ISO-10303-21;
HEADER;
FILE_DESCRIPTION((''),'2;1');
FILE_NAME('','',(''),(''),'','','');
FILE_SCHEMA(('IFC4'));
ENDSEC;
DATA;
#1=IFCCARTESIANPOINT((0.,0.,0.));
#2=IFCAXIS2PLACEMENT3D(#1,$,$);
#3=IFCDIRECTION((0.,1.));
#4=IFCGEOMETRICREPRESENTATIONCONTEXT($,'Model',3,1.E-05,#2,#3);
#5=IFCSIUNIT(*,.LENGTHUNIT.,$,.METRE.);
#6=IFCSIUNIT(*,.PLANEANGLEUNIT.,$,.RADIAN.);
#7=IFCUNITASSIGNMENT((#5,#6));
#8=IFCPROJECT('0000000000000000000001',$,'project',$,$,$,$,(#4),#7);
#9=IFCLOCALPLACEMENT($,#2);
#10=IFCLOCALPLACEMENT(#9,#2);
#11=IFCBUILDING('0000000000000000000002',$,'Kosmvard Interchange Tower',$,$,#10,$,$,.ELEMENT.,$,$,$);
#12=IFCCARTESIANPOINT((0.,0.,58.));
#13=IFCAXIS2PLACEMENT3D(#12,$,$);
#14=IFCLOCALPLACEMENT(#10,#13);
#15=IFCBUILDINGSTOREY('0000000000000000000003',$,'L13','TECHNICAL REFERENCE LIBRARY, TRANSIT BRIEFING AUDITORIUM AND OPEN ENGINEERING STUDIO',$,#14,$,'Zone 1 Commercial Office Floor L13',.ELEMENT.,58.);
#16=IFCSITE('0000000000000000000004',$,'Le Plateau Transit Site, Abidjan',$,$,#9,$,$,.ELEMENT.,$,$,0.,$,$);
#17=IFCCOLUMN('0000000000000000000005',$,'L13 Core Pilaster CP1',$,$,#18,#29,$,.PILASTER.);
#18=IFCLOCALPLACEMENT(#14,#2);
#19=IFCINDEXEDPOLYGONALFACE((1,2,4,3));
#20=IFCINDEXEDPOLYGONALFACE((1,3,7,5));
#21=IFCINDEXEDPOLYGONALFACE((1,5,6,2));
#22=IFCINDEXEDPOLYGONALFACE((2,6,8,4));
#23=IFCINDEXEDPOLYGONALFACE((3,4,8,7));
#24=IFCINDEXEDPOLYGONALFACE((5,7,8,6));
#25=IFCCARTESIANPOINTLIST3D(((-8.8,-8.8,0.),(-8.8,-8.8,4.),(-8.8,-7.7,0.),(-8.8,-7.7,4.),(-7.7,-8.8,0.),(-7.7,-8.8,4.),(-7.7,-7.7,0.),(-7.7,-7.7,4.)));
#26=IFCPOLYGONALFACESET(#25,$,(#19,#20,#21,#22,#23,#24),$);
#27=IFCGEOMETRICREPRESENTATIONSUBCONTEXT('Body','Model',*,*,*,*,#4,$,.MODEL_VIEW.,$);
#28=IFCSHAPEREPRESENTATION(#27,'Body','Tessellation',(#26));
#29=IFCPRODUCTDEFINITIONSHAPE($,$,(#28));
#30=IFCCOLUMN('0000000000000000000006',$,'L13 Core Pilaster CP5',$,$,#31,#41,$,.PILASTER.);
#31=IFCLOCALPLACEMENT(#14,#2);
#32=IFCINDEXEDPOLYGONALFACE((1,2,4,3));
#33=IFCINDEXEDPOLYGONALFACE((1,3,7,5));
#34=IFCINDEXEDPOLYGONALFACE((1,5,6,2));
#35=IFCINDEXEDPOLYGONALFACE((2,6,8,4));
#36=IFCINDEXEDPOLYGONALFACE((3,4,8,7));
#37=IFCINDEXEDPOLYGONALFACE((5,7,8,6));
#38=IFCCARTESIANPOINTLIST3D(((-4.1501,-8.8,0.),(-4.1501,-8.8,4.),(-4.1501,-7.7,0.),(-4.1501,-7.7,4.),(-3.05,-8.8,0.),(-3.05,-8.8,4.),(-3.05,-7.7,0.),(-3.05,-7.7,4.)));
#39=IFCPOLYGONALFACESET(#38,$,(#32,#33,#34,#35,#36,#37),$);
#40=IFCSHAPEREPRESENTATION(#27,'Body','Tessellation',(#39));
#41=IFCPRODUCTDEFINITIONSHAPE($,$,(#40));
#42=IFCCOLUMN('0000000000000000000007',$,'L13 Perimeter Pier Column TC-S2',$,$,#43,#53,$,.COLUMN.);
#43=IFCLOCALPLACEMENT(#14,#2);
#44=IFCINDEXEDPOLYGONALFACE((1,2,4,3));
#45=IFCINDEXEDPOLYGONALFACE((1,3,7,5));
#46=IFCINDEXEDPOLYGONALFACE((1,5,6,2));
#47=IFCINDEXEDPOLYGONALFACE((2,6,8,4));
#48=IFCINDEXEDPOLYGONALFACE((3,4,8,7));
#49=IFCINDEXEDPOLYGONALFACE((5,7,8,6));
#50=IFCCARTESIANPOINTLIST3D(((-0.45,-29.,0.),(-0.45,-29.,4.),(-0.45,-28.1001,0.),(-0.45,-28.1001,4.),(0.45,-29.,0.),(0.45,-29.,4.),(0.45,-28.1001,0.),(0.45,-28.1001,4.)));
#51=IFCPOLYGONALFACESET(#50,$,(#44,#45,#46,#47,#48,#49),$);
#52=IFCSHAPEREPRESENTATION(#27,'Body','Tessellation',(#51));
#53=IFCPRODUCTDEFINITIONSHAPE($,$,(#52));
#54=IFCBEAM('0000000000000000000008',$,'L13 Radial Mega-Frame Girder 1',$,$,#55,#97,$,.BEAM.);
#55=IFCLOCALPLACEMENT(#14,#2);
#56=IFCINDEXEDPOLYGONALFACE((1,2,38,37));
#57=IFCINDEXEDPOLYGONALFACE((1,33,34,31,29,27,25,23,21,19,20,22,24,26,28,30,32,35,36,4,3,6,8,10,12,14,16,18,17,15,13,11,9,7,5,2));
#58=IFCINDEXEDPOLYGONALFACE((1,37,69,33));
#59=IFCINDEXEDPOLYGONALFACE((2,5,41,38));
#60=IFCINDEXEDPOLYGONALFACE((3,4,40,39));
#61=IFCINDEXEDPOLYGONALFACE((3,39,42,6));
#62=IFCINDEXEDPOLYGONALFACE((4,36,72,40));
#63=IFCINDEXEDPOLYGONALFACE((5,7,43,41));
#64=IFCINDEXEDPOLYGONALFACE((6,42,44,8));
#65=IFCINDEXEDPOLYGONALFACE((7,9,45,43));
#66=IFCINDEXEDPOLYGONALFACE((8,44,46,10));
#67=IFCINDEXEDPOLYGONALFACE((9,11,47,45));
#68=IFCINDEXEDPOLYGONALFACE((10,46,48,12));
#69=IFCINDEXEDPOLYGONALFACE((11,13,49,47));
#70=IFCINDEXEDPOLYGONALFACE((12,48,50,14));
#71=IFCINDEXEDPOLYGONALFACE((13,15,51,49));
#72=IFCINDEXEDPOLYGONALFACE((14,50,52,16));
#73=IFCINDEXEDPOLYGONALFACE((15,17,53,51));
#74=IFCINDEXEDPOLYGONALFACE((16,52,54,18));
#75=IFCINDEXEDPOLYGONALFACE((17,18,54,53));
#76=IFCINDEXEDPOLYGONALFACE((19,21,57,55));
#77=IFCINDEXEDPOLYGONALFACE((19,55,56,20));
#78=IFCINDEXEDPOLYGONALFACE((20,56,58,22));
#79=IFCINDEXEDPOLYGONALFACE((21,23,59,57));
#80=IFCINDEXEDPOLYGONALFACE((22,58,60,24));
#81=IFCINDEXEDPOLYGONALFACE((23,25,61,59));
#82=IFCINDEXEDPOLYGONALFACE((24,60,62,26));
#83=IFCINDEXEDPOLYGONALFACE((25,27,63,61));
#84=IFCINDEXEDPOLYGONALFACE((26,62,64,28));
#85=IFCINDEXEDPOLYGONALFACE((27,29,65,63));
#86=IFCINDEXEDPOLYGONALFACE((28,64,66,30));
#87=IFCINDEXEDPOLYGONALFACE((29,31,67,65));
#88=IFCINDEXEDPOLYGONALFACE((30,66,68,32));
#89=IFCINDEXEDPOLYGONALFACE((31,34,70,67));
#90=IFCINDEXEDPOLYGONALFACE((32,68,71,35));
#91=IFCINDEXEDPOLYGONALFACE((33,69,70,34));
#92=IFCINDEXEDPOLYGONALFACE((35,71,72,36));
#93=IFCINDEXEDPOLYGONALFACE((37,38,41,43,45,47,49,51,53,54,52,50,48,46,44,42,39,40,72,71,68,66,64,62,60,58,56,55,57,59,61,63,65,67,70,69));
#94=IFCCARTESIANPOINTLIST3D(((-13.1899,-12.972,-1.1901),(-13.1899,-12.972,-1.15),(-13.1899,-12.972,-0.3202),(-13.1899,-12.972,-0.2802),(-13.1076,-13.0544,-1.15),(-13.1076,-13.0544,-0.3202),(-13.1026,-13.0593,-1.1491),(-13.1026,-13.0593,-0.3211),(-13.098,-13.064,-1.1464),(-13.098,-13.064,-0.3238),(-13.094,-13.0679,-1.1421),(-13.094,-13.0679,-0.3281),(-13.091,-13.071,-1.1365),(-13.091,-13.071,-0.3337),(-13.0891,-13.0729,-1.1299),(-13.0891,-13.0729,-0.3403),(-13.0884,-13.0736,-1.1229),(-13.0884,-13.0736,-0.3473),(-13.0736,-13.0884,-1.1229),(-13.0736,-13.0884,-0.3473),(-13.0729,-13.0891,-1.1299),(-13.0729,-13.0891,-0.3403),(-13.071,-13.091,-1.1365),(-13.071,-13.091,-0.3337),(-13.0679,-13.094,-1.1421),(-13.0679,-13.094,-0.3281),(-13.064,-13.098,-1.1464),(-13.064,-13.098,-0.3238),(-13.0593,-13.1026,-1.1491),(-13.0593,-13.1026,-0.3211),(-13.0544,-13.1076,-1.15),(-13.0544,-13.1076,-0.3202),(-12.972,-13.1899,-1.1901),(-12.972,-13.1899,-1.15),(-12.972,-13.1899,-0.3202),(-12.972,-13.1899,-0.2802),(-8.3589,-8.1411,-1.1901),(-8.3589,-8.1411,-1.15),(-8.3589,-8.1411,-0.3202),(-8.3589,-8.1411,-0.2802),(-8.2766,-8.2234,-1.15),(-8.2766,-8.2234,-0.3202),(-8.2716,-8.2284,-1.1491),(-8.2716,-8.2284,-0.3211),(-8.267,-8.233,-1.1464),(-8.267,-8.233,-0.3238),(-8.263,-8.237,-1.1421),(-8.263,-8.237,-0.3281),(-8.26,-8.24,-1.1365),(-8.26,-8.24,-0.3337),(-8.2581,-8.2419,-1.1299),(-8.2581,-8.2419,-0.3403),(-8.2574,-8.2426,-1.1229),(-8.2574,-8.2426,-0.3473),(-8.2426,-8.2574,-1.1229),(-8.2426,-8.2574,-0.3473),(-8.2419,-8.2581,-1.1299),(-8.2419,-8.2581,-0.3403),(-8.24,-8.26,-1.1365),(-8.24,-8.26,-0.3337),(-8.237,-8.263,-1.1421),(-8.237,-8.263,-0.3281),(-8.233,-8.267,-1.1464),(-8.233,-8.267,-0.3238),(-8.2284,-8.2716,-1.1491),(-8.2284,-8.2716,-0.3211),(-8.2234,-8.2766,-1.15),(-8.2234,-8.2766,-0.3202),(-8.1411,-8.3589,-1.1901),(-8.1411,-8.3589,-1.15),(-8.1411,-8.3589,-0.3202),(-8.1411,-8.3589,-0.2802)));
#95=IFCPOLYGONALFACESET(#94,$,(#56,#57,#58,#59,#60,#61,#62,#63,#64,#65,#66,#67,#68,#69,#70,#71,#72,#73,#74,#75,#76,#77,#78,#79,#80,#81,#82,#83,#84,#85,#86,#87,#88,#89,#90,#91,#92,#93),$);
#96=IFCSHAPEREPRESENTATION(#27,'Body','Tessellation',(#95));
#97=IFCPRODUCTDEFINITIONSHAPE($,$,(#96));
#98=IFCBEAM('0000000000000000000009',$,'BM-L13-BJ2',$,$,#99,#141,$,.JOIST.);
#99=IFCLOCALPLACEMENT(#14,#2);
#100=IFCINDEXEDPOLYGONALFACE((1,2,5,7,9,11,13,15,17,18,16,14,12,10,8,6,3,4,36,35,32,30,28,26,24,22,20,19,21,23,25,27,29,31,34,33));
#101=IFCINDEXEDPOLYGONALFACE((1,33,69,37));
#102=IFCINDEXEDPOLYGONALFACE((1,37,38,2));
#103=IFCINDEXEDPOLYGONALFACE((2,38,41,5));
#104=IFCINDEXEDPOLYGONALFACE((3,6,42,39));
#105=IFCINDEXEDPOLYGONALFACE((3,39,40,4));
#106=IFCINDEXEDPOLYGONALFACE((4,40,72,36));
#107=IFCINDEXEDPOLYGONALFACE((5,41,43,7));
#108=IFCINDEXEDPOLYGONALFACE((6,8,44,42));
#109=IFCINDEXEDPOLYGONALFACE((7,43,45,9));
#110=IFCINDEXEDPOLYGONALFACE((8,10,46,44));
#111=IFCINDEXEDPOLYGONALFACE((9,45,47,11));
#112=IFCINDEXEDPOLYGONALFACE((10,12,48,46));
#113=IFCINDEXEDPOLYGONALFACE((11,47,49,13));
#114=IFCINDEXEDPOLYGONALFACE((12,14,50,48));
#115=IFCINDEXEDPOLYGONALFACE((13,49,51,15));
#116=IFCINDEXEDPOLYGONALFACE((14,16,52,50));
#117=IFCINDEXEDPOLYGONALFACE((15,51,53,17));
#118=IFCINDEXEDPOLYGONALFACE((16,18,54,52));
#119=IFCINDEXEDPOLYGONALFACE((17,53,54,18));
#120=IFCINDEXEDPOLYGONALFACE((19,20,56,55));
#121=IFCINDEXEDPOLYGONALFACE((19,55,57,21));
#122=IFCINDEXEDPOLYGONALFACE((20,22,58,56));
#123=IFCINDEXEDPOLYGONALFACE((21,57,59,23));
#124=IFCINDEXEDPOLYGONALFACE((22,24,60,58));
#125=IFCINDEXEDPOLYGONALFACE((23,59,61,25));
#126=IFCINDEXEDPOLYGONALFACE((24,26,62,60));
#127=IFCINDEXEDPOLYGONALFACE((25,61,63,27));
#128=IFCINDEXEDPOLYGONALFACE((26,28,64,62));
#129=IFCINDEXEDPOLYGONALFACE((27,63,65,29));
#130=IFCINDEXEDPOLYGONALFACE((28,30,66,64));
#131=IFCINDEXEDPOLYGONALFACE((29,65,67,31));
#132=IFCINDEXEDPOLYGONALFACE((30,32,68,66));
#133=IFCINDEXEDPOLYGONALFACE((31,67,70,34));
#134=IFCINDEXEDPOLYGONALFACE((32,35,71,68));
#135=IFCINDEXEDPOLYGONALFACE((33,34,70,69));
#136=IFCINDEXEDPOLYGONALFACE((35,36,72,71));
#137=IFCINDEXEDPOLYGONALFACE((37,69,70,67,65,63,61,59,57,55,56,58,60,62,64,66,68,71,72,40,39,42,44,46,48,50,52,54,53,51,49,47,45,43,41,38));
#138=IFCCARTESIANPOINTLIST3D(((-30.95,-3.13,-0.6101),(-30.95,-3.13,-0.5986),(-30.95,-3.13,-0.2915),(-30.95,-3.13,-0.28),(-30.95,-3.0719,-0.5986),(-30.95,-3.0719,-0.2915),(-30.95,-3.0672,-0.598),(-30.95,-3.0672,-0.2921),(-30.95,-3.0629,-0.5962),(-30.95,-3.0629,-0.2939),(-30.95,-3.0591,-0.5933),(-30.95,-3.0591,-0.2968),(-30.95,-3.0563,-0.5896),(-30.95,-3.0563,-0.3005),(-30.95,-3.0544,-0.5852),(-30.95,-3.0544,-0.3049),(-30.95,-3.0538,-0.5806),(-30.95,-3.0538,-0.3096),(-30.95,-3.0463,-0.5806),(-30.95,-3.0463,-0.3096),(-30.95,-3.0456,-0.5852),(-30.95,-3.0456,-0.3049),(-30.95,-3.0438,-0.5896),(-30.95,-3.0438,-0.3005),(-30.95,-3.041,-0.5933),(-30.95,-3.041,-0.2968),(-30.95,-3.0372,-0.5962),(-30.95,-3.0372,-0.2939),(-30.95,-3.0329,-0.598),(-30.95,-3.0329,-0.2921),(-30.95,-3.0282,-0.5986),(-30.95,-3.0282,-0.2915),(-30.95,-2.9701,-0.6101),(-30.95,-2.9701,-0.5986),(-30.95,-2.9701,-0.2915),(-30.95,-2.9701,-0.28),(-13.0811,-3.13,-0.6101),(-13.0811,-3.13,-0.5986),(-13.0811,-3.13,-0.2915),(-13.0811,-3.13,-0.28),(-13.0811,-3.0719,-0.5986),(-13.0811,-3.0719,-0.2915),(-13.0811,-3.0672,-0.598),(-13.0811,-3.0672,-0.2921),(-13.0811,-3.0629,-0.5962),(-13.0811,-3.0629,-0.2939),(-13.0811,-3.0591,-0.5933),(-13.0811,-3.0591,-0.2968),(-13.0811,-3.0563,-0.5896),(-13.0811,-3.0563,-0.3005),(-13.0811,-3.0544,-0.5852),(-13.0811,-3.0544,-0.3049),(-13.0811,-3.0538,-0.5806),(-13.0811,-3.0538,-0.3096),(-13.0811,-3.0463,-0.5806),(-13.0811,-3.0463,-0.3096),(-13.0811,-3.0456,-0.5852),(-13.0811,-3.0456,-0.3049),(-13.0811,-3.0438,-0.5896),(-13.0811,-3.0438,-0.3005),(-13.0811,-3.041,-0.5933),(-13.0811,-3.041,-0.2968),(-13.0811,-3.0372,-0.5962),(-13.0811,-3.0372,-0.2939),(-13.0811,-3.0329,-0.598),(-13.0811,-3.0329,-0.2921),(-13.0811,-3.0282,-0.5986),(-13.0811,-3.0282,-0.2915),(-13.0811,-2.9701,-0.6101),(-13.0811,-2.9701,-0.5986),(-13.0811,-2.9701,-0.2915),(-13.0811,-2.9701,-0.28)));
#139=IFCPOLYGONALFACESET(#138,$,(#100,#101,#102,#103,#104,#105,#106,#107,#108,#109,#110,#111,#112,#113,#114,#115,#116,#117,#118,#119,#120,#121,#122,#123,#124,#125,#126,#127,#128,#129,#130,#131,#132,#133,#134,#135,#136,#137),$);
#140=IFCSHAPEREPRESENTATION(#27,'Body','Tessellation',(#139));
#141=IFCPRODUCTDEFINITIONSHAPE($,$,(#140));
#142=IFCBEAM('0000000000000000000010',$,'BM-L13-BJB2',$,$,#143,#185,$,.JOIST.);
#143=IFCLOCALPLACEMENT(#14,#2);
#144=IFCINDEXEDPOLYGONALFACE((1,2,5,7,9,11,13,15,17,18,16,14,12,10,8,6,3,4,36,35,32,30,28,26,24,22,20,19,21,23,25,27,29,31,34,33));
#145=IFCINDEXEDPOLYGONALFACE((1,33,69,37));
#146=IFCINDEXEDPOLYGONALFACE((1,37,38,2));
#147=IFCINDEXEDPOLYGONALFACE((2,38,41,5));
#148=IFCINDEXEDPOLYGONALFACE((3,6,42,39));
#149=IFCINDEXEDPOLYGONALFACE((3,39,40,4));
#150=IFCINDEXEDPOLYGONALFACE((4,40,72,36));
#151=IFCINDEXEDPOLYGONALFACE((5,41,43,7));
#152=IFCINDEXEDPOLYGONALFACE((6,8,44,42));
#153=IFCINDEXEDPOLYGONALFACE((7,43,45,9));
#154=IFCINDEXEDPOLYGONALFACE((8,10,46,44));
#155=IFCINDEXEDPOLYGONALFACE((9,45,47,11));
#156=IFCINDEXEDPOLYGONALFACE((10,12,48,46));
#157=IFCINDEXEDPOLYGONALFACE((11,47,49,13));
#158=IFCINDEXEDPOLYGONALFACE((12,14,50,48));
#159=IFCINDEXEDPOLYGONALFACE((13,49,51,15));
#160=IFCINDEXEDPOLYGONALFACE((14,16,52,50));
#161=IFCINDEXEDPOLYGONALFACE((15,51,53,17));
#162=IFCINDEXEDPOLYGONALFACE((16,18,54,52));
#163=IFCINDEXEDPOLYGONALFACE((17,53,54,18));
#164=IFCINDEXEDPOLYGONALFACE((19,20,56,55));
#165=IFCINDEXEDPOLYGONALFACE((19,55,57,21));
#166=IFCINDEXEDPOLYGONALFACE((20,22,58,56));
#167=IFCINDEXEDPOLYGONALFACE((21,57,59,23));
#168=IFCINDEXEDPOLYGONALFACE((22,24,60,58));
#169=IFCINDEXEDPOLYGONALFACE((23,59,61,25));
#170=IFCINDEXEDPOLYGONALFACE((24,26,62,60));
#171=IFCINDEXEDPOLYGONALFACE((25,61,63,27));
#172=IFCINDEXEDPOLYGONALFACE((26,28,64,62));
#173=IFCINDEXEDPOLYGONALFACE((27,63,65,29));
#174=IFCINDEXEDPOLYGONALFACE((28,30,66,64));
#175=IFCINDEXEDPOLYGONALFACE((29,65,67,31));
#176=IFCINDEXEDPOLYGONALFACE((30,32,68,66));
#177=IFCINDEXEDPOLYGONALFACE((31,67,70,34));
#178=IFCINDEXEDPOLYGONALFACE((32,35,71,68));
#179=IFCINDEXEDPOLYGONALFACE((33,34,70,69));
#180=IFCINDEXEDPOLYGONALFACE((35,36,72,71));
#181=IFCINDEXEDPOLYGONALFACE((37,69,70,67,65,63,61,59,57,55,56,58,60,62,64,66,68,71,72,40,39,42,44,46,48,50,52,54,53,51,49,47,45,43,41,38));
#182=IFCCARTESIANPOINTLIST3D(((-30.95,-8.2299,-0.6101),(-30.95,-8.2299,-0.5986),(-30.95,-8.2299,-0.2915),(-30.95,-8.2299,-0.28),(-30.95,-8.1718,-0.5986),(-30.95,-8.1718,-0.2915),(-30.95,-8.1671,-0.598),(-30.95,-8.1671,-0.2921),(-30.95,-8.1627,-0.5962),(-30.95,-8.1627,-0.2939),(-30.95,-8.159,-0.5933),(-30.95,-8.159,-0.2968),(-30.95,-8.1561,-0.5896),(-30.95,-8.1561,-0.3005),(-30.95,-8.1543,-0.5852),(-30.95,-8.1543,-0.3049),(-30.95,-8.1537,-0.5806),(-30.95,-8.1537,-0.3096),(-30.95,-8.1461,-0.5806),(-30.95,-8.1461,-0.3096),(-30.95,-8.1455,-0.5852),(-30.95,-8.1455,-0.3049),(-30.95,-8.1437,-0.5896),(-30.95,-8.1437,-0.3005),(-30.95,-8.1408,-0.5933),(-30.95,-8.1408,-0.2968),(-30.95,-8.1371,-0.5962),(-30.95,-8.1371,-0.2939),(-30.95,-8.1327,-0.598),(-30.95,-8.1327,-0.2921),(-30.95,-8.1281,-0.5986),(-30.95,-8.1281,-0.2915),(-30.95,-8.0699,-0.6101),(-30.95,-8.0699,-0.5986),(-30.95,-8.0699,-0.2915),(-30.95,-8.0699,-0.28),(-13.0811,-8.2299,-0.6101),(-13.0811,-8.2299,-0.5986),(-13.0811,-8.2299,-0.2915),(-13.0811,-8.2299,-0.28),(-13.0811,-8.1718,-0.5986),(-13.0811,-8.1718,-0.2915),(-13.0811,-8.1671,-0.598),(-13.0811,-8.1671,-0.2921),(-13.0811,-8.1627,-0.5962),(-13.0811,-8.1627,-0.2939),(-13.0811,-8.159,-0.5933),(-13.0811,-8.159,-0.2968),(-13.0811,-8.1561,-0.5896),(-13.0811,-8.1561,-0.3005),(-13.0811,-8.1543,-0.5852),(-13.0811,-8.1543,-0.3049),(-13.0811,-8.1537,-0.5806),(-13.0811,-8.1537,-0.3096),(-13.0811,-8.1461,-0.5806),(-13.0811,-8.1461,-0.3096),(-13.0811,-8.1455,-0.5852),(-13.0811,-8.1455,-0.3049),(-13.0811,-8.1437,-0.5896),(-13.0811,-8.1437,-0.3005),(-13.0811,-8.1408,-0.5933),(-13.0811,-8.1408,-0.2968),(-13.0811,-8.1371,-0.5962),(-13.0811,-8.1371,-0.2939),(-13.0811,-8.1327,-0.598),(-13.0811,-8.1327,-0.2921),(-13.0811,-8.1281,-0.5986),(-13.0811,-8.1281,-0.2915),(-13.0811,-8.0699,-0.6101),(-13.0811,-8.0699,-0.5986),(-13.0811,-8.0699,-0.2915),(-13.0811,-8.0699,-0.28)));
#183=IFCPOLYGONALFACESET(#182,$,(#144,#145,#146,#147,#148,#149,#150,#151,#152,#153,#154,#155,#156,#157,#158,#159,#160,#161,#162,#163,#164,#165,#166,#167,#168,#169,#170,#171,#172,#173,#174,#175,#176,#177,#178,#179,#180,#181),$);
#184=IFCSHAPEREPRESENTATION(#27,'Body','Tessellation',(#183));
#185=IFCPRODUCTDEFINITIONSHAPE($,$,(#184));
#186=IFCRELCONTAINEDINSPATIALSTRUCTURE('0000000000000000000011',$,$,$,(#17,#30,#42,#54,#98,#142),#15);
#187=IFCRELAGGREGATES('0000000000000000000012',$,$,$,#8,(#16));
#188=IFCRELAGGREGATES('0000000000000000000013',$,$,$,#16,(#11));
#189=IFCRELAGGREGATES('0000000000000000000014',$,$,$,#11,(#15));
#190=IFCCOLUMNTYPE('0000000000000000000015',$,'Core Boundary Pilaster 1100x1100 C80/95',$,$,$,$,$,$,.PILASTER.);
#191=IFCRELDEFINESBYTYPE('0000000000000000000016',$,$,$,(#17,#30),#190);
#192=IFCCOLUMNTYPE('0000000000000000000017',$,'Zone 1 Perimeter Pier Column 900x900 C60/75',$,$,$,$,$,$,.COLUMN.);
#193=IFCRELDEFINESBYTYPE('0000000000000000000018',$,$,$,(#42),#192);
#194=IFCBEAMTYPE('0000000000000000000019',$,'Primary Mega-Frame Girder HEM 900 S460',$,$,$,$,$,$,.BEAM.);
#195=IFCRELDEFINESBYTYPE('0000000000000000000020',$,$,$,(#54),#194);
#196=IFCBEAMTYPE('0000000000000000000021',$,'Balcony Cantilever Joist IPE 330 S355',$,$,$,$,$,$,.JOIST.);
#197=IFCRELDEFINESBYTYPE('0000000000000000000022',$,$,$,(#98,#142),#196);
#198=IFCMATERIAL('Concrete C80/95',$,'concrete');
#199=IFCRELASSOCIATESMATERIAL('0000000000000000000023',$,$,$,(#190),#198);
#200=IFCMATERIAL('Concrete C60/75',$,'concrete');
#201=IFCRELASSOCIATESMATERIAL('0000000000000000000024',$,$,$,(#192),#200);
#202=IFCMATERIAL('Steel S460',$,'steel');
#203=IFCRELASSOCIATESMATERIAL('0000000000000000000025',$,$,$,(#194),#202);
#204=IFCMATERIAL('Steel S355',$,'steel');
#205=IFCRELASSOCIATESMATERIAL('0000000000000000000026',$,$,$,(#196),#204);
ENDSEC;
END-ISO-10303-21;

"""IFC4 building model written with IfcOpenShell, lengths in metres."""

from ifc_helpers import new_model, si_unit, direction, frame, origin, origin_2d, place, context, subcontext, project, spatial, rectangle, i_section, extrude, source, transform, mapped, material, material_profile, profile_set, type_object, element, save


model = new_model("IFC4")

# Units and contexts
model_context = context("Model", 3, precision=1e-05, world=origin(), true_north=direction((0.0, 1.0)))
body_context = subcontext(model_context, "Body", "Model", "MODEL_VIEW")
ifc_project = project(units=[si_unit("LENGTHUNIT", "METRE"), si_unit("PLANEANGLEUNIT", "RADIAN")], contexts=[model_context])

# Site, building, storey
site_placement = place(None, origin())
site = spatial("IfcSite", under=ifc_project, at=site_placement, Name="Le Plateau Transit Site, Abidjan", CompositionType="ELEMENT", RefElevation=0.0)
building_placement = place(site_placement, origin())
building = spatial("IfcBuilding", under=site, at=building_placement, Name="Kosmvard Interchange Tower", CompositionType="ELEMENT")
storey_placement = place(building_placement, frame((0.0, 0.0, 58.0)))
storey = spatial("IfcBuildingStorey", under=building, at=storey_placement, Name="L13", Description="TECHNICAL REFERENCE LIBRARY, TRANSIT BRIEFING AUDITORIUM AND OPEN ENGINEERING STUDIO", LongName="Zone 1 Commercial Office Floor L13", CompositionType="ELEMENT", Elevation=58.0)

# Columns
ifc_material_1 = material(Name="Concrete C80/95", Category="concrete")
ifc_material_profile_1 = material_profile(ifc_material_1, rectangle(XDim=1.1001, YDim=1.1001, at=origin_2d()), Name="CP 1100x1100")
ifc_profile_set_1 = profile_set([ifc_material_profile_1], Name="Concrete C80/95")
column_type_1 = type_object("IfcColumnType", Name="Core Boundary Pilaster 1100x1100 C80/95", PredefinedType="PILASTER", material=ifc_profile_set_1)
shared_shape_1 = source(origin(), body_context, "Body", "SweptSolid", [
    extrude(rectangle(XDim=1.1001, YDim=1.1001, at=origin_2d()), origin(), (0.0, 0.0, 1.0), 4.0),
])
for number, where, z_axis, x_axis, name in (
    (1, (-8.25, -8.25, 0.0), (0.0, 0.0, 1.0), (1.0, 0.0, 0.0), "L13 Core Pilaster CP1"),
    (2, (-3.6001, -8.25, 0.0), (0.0, 0.0, 1.0), (1.0, 0.0, 0.0), "L13 Core Pilaster CP5"),
):
    element("IfcColumn", number, at=place(storey_placement, frame(where, z_axis=z_axis, x_axis=x_axis)), inside=storey, type_object=column_type_1, Name=name, PredefinedType="PILASTER", context=body_context, shape_type="MappedRepresentation", body=[
        mapped(shared_shape_1, transform((0.0, 0.0, 0.0), scale=1.0)),
    ])
ifc_material_2 = material(Name="Concrete C60/75", Category="concrete")
ifc_material_profile_2 = material_profile(ifc_material_2, rectangle(XDim=0.8999, YDim=0.8999, at=origin_2d()), Name="TC 900x900")
ifc_profile_set_2 = profile_set([ifc_material_profile_2], Name="Concrete C60/75")
column_type_2 = type_object("IfcColumnType", Name="Zone 1 Perimeter Pier Column 900x900 C60/75", PredefinedType="COLUMN", material=ifc_profile_set_2)
shared_shape_2 = source(origin(), body_context, "Body", "SweptSolid", [
    extrude(rectangle(XDim=0.8999, YDim=0.8999, at=origin_2d()), origin(), (0.0, 0.0, 1.0), 4.0),
])
column_placement = place(storey_placement, frame((0.0, -28.55, 0.0), z_axis=(0.0, 0.0, 1.0), x_axis=(1.0, 0.0, 0.0)))
element("IfcColumn", 3, at=column_placement, inside=storey, type_object=column_type_2, Name="L13 Perimeter Pier Column TC-S2", PredefinedType="COLUMN", context=body_context, shape_type="MappedRepresentation", body=[
    mapped(shared_shape_2, transform((0.0, 0.0, 0.0), scale=1.0)),
])

# Beams
ifc_material_3 = material(Name="Steel S460", Category="steel")
ifc_material_profile_3 = material_profile(ifc_material_3, i_section(OverallWidth=0.3081, OverallDepth=0.9099, WebThickness=0.021, FlangeThickness=0.04, FilletRadius=0.0271, at=origin_2d()), Name="HEM 900")
ifc_profile_set_3 = profile_set([ifc_material_profile_3], Name="Steel S460")
beam_type_1 = type_object("IfcBeamType", Name="Primary Mega-Frame Girder HEM 900 S460", PredefinedType="BEAM", material=ifc_profile_set_3)
shared_shape_3 = source(origin(), body_context, "Body", "SweptSolid", [
    extrude(i_section(OverallWidth=0.3081, OverallDepth=0.9099, WebThickness=0.021, FlangeThickness=0.04, FilletRadius=0.0271, at=origin_2d()), origin(), (0.0, 0.0, 1.0), 6.832),
])
beam_1_placement = place(storey_placement, frame((-8.25, -8.25, -0.7351), z_axis=(-0.707107, -0.707107, 0.0), x_axis=(0.707107, -0.707107, 0.0)))
element("IfcBeam", 4, at=beam_1_placement, inside=storey, type_object=beam_type_1, Name="L13 Radial Mega-Frame Girder 1", PredefinedType="BEAM", context=body_context, shape_type="MappedRepresentation", body=[
    mapped(shared_shape_3, transform((0.0, 0.0, 0.0), scale=1.0)),
])
ifc_material_4 = material(Name="Steel S355", Category="steel")
ifc_material_profile_4 = material_profile(ifc_material_4, i_section(OverallWidth=0.1599, OverallDepth=0.3301, WebThickness=0.0076, FlangeThickness=0.0115, FilletRadius=0.0181, at=origin_2d()), Name="IPE 330")
ifc_profile_set_4 = profile_set([ifc_material_profile_4], Name="Steel S355")
beam_type_2 = type_object("IfcBeamType", Name="Balcony Cantilever Joist IPE 330 S355", PredefinedType="JOIST", material=ifc_profile_set_4)
shared_shape_4 = source(origin(), body_context, "Body", "SweptSolid", [
    extrude(i_section(OverallWidth=0.1599, OverallDepth=0.3301, WebThickness=0.0076, FlangeThickness=0.0115, FilletRadius=0.0181, at=origin_2d()), origin(), (0.0, 0.0, 1.0), 17.8689),
])
for number, where, z_axis, x_axis, name in (
    (5, (-13.0811, -3.05, -0.4451), (-1.0, 0.0, 0.0), (0.0, -1.0, 0.0), "BM-L13-BJ2"),
    (6, (-13.0811, -8.1499, -0.4451), (-1.0, 0.0, 0.0), (0.0, -1.0, 0.0), "BM-L13-BJB2"),
):
    element("IfcBeam", number, at=place(storey_placement, frame(where, z_axis=z_axis, x_axis=x_axis)), inside=storey, type_object=beam_type_2, Name=name, PredefinedType="JOIST", context=body_context, shape_type="MappedRepresentation", body=[
        mapped(shared_shape_4, transform((0.0, 0.0, 0.0), scale=1.0)),
    ])

save(model, "model.ifc")
